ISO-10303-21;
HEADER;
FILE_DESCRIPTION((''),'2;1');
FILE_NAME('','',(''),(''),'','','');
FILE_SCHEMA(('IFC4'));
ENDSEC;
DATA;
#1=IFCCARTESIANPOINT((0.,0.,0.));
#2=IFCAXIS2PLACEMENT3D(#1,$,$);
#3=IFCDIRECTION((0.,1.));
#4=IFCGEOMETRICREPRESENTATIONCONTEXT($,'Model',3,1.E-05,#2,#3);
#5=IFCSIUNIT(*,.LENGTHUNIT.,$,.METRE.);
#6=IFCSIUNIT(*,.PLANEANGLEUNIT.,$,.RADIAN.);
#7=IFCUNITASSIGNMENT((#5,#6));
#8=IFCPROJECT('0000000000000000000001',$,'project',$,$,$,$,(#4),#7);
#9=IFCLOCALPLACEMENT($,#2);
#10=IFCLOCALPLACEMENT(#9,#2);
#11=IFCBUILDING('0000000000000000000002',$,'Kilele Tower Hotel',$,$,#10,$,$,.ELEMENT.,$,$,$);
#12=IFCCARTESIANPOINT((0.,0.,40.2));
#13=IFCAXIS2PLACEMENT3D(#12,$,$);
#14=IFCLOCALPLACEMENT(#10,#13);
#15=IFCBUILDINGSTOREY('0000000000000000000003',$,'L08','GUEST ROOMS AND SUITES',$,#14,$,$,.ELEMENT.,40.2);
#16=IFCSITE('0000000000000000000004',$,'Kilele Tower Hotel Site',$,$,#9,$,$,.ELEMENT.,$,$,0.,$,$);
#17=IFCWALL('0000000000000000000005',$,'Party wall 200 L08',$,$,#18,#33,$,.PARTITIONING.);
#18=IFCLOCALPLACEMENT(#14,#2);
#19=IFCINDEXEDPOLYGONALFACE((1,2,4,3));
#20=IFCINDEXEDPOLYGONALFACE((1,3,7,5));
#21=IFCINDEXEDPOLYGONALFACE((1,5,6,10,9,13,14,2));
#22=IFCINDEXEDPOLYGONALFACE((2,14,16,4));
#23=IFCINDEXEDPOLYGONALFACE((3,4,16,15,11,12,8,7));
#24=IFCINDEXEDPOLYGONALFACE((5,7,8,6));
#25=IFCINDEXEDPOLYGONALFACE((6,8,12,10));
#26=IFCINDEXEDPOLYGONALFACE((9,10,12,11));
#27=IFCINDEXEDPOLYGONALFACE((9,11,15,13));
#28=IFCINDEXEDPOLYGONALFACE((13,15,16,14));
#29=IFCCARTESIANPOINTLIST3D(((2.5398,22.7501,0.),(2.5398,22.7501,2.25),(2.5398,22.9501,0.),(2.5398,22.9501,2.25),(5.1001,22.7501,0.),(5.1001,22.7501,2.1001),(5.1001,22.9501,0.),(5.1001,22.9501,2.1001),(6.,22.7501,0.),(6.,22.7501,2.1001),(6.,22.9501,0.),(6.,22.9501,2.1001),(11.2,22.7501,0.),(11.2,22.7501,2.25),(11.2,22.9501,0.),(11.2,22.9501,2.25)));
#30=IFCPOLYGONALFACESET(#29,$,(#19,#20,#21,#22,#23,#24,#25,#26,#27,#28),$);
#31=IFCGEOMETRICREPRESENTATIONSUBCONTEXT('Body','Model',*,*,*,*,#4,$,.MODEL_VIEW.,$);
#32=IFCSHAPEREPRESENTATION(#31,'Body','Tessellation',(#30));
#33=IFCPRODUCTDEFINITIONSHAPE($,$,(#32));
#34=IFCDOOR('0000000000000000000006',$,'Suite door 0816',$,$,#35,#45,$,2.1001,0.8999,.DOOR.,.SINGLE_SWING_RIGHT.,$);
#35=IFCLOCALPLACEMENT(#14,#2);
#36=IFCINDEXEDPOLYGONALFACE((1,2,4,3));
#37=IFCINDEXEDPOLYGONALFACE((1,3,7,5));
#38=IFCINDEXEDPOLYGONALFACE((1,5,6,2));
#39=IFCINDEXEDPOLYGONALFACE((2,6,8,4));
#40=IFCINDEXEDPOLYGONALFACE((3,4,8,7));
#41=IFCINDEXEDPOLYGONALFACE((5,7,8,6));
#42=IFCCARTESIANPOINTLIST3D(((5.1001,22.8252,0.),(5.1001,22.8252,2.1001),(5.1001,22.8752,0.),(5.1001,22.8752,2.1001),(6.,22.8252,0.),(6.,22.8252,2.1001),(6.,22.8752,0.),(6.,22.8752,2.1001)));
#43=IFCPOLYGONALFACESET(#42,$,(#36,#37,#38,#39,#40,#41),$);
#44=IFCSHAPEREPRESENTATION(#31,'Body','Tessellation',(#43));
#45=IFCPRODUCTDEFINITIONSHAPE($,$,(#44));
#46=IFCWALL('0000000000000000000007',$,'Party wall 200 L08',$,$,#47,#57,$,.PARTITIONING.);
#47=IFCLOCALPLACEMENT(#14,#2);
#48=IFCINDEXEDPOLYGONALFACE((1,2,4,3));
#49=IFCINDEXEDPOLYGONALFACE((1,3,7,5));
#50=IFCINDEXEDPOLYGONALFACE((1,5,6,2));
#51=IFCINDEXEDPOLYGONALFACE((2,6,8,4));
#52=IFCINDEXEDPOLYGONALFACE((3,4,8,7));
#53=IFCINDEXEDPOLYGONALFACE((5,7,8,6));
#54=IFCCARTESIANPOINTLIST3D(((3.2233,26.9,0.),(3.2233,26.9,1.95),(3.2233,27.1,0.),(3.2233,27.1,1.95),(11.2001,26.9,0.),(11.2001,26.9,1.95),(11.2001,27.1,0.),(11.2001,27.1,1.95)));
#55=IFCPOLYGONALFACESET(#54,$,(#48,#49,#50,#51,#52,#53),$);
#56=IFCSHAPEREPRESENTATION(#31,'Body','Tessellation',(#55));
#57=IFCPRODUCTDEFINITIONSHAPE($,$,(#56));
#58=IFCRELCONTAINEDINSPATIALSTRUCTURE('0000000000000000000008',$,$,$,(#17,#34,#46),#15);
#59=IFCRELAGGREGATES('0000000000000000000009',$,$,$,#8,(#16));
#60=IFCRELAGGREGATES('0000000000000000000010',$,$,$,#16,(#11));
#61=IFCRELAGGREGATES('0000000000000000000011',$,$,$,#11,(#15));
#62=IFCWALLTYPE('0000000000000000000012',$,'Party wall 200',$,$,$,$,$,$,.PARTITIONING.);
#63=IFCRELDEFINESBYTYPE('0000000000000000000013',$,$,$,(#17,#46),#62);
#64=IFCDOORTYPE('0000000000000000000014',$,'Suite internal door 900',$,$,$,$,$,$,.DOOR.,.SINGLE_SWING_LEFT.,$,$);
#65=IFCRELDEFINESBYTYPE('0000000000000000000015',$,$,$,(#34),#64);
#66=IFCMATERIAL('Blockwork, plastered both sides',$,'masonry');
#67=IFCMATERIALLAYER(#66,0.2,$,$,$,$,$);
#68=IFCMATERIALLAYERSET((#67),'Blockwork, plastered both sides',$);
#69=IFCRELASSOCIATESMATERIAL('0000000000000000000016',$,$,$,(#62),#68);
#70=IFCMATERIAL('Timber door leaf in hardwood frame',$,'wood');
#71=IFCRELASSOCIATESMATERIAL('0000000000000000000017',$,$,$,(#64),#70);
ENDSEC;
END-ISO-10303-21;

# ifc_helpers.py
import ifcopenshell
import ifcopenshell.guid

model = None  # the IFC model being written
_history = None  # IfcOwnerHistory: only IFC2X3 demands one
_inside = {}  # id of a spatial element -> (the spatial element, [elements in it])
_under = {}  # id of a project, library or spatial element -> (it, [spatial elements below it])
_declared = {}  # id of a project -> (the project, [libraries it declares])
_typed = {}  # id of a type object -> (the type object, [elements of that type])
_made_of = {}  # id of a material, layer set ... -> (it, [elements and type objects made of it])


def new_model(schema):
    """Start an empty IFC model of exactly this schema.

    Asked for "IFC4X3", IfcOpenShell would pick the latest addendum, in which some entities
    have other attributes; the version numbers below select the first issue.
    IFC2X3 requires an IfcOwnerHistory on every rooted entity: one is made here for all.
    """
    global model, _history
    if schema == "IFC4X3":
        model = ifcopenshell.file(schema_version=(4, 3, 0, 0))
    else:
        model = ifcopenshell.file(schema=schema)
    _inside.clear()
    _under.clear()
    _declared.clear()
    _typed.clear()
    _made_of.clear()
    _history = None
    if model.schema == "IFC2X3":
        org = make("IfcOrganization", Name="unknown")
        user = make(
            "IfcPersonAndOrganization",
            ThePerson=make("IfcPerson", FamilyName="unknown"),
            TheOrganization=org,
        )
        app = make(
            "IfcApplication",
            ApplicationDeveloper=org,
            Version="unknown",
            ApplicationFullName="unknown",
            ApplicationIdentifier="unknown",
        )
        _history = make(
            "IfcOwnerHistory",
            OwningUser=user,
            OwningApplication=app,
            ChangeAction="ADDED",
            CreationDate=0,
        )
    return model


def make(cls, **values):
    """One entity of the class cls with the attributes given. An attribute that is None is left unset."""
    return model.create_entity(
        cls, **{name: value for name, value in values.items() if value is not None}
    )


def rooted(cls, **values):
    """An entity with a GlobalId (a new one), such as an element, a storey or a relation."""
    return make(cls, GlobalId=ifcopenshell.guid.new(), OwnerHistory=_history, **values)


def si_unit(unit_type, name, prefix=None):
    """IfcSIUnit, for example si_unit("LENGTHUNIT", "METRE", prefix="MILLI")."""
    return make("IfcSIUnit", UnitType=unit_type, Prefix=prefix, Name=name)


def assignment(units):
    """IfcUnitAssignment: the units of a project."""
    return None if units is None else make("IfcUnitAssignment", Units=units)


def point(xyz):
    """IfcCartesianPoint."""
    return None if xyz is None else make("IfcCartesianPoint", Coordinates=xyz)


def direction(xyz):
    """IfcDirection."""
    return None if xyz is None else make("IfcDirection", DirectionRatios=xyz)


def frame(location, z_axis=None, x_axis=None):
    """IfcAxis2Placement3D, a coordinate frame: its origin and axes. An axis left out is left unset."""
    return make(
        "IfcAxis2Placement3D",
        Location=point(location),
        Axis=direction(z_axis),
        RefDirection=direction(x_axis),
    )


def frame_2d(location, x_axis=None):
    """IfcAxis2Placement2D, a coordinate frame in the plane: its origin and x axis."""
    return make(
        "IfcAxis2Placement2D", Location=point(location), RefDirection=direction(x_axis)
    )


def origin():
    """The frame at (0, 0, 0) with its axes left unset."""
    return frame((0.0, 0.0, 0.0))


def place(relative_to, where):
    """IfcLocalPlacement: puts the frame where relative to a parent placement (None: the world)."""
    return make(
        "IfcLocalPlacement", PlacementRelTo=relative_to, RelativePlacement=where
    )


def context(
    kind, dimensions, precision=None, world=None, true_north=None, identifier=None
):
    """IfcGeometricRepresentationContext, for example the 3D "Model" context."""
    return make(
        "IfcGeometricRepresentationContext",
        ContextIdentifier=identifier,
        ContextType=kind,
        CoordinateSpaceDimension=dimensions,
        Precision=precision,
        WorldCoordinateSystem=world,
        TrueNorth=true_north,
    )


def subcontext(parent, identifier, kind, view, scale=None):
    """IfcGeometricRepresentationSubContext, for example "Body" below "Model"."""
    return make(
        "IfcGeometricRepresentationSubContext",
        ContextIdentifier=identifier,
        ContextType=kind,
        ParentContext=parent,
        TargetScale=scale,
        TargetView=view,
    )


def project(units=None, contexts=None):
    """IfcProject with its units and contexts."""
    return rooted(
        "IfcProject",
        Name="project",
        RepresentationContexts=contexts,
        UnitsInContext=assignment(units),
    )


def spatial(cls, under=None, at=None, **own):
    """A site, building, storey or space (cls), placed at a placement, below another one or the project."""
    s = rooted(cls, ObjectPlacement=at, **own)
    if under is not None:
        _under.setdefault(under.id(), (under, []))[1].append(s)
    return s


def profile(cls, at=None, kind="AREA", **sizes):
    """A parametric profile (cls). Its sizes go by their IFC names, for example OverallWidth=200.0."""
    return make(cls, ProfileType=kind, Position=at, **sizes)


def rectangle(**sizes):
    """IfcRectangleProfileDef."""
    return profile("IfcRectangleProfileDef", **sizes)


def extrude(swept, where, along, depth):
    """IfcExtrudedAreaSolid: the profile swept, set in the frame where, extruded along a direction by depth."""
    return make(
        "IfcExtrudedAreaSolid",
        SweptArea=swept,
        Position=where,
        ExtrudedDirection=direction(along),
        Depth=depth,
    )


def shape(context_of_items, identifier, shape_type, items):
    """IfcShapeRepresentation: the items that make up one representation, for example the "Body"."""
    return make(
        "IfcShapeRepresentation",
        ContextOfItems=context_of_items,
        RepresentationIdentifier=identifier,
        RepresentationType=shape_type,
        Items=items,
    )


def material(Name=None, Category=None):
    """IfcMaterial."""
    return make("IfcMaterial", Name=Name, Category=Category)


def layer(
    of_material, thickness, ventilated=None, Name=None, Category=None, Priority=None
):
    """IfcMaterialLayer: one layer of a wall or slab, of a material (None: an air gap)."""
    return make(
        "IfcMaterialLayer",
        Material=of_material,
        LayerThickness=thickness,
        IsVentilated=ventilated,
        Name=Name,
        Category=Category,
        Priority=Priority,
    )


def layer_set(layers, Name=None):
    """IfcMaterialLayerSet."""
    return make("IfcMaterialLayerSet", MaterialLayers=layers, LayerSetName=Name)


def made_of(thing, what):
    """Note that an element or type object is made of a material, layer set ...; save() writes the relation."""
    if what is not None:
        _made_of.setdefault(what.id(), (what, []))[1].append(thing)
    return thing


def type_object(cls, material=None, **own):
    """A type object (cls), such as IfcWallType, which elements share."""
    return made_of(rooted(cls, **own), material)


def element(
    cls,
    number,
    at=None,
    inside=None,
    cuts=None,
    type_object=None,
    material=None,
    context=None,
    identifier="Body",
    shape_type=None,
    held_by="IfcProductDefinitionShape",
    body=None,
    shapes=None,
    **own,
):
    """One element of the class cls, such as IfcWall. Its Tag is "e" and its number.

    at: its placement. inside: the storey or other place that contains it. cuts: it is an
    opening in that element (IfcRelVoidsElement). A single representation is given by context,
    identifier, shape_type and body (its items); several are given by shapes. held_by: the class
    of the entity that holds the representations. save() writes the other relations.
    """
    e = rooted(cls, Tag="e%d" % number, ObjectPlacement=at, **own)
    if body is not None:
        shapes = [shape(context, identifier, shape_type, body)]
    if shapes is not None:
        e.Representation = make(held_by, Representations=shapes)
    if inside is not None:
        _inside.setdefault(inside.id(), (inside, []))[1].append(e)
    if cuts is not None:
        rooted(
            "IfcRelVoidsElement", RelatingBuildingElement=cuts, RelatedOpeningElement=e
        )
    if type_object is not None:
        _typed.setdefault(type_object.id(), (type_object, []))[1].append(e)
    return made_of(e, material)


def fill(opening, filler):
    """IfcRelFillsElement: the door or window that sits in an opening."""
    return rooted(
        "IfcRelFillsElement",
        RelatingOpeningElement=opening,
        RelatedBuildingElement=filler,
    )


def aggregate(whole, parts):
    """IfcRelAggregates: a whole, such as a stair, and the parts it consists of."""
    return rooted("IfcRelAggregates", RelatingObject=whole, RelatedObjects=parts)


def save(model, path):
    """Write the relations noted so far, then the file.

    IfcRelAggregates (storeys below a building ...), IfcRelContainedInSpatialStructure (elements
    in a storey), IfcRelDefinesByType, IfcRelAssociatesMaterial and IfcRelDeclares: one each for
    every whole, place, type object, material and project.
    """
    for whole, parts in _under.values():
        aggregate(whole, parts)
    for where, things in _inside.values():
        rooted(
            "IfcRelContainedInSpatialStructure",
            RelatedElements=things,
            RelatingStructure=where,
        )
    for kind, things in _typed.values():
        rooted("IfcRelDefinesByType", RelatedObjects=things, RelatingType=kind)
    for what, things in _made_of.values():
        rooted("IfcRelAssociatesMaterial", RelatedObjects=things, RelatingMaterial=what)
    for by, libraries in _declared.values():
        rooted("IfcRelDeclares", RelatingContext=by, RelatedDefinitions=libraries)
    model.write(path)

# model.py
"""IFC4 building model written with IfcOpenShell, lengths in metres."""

from ifc_helpers import new_model, si_unit, direction, frame, frame_2d, origin, place, context, subcontext, project, spatial, rectangle, extrude, material, layer, layer_set, type_object, element, fill, save


model = new_model("IFC4")

# Units and contexts
model_context = context("Model", 3, precision=1e-05, world=origin(), true_north=direction((0.0, 1.0)))
body_context = subcontext(model_context, "Body", "Model", "MODEL_VIEW")
ifc_project = project(units=[si_unit("LENGTHUNIT", "METRE"), si_unit("PLANEANGLEUNIT", "RADIAN")], contexts=[model_context])

# Site, building, storey
site_placement = place(None, origin())
site = spatial("IfcSite", under=ifc_project, at=site_placement, Name="Kilele Tower Hotel Site", CompositionType="ELEMENT", RefElevation=0.0)
building_placement = place(site_placement, origin())
building = spatial("IfcBuilding", under=site, at=building_placement, Name="Kilele Tower Hotel", CompositionType="ELEMENT")
storey_placement = place(building_placement, frame((0.0, 0.0, 40.2)))
storey = spatial("IfcBuildingStorey", under=building, at=storey_placement, Name="L08", Description="GUEST ROOMS AND SUITES", CompositionType="ELEMENT", Elevation=40.2)

# Wall, opening, door
ifc_material_1 = material(Name="Blockwork, plastered both sides", Category="masonry")
ifc_layer_1 = layer(ifc_material_1, 0.2)
ifc_layer_set_1 = layer_set([ifc_layer_1], Name="Blockwork, plastered both sides")
wall_type_1 = type_object("IfcWallType", Name="Party wall 200", PredefinedType="PARTITIONING", material=ifc_layer_set_1)
wall_1_placement = place(storey_placement, frame((11.2, 22.8501, 0.0), z_axis=(0.0, 0.0, 1.0), x_axis=(-1.0, 0.0, 0.0)))
wall_1 = element("IfcWall", 1, at=wall_1_placement, inside=storey, type_object=wall_type_1, Name="Party wall 200 L08", PredefinedType="PARTITIONING", context=body_context, shape_type="SweptSolid", body=[
    extrude(rectangle(XDim=8.6602, YDim=0.2, at=frame_2d((4.3301, 0.0))), origin(), (0.0, 0.0, 1.0), 2.25),
])
opening_1_placement = place(wall_1_placement, frame((5.2, 0.0, 0.0)))
opening_1 = element("IfcOpeningElement", 2, at=opening_1_placement, cuts=wall_1, PredefinedType="OPENING", context=body_context, shape_type="SweptSolid", body=[
    extrude(rectangle(XDim=0.8999, YDim=2.1001, at=frame_2d((0.45, 1.05))), frame((0.0, 0.1099, 0.0), z_axis=(0.0, -1.0, 0.0), x_axis=(1.0, 0.0, 0.0)), (0.0, 0.0, 1.0), 0.22),
])
ifc_material_2 = material(Name="Timber door leaf in hardwood frame", Category="wood")
door_type_1 = type_object("IfcDoorType", Name="Suite internal door 900", OperationType="SINGLE_SWING_LEFT", PredefinedType="DOOR", material=ifc_material_2)
door_1_placement = place(opening_1_placement, origin())
door_1 = element("IfcDoor", 3, at=door_1_placement, inside=storey, type_object=door_type_1, Name="Suite door 0816", OperationType="SINGLE_SWING_RIGHT", OverallHeight=2.1001, OverallWidth=0.8999, PredefinedType="DOOR", context=body_context, shape_type="SweptSolid", body=[
    extrude(rectangle(XDim=0.8999, YDim=2.1001, at=frame_2d((0.45, 1.05))), frame((0.0, 0.0249, 0.0), z_axis=(0.0, -1.0, 0.0), x_axis=(1.0, 0.0, 0.0)), (0.0, 0.0, 1.0), 0.05),
])
fill(opening_1, door_1)

# Wall
wall_2_placement = place(storey_placement, frame((11.2, 27.0, 0.0), z_axis=(0.0, 0.0, 1.0), x_axis=(-1.0, 0.0, 0.0)))
element("IfcWall", 4, at=wall_2_placement, inside=storey, type_object=wall_type_1, Name="Party wall 200 L08", PredefinedType="PARTITIONING", context=body_context, shape_type="SweptSolid", body=[
    extrude(rectangle(XDim=7.9768, YDim=0.2, at=frame_2d((3.9883, 0.0))), origin(), (0.0, 0.0, 1.0), 1.95),
])

save(model, "model.ifc")
